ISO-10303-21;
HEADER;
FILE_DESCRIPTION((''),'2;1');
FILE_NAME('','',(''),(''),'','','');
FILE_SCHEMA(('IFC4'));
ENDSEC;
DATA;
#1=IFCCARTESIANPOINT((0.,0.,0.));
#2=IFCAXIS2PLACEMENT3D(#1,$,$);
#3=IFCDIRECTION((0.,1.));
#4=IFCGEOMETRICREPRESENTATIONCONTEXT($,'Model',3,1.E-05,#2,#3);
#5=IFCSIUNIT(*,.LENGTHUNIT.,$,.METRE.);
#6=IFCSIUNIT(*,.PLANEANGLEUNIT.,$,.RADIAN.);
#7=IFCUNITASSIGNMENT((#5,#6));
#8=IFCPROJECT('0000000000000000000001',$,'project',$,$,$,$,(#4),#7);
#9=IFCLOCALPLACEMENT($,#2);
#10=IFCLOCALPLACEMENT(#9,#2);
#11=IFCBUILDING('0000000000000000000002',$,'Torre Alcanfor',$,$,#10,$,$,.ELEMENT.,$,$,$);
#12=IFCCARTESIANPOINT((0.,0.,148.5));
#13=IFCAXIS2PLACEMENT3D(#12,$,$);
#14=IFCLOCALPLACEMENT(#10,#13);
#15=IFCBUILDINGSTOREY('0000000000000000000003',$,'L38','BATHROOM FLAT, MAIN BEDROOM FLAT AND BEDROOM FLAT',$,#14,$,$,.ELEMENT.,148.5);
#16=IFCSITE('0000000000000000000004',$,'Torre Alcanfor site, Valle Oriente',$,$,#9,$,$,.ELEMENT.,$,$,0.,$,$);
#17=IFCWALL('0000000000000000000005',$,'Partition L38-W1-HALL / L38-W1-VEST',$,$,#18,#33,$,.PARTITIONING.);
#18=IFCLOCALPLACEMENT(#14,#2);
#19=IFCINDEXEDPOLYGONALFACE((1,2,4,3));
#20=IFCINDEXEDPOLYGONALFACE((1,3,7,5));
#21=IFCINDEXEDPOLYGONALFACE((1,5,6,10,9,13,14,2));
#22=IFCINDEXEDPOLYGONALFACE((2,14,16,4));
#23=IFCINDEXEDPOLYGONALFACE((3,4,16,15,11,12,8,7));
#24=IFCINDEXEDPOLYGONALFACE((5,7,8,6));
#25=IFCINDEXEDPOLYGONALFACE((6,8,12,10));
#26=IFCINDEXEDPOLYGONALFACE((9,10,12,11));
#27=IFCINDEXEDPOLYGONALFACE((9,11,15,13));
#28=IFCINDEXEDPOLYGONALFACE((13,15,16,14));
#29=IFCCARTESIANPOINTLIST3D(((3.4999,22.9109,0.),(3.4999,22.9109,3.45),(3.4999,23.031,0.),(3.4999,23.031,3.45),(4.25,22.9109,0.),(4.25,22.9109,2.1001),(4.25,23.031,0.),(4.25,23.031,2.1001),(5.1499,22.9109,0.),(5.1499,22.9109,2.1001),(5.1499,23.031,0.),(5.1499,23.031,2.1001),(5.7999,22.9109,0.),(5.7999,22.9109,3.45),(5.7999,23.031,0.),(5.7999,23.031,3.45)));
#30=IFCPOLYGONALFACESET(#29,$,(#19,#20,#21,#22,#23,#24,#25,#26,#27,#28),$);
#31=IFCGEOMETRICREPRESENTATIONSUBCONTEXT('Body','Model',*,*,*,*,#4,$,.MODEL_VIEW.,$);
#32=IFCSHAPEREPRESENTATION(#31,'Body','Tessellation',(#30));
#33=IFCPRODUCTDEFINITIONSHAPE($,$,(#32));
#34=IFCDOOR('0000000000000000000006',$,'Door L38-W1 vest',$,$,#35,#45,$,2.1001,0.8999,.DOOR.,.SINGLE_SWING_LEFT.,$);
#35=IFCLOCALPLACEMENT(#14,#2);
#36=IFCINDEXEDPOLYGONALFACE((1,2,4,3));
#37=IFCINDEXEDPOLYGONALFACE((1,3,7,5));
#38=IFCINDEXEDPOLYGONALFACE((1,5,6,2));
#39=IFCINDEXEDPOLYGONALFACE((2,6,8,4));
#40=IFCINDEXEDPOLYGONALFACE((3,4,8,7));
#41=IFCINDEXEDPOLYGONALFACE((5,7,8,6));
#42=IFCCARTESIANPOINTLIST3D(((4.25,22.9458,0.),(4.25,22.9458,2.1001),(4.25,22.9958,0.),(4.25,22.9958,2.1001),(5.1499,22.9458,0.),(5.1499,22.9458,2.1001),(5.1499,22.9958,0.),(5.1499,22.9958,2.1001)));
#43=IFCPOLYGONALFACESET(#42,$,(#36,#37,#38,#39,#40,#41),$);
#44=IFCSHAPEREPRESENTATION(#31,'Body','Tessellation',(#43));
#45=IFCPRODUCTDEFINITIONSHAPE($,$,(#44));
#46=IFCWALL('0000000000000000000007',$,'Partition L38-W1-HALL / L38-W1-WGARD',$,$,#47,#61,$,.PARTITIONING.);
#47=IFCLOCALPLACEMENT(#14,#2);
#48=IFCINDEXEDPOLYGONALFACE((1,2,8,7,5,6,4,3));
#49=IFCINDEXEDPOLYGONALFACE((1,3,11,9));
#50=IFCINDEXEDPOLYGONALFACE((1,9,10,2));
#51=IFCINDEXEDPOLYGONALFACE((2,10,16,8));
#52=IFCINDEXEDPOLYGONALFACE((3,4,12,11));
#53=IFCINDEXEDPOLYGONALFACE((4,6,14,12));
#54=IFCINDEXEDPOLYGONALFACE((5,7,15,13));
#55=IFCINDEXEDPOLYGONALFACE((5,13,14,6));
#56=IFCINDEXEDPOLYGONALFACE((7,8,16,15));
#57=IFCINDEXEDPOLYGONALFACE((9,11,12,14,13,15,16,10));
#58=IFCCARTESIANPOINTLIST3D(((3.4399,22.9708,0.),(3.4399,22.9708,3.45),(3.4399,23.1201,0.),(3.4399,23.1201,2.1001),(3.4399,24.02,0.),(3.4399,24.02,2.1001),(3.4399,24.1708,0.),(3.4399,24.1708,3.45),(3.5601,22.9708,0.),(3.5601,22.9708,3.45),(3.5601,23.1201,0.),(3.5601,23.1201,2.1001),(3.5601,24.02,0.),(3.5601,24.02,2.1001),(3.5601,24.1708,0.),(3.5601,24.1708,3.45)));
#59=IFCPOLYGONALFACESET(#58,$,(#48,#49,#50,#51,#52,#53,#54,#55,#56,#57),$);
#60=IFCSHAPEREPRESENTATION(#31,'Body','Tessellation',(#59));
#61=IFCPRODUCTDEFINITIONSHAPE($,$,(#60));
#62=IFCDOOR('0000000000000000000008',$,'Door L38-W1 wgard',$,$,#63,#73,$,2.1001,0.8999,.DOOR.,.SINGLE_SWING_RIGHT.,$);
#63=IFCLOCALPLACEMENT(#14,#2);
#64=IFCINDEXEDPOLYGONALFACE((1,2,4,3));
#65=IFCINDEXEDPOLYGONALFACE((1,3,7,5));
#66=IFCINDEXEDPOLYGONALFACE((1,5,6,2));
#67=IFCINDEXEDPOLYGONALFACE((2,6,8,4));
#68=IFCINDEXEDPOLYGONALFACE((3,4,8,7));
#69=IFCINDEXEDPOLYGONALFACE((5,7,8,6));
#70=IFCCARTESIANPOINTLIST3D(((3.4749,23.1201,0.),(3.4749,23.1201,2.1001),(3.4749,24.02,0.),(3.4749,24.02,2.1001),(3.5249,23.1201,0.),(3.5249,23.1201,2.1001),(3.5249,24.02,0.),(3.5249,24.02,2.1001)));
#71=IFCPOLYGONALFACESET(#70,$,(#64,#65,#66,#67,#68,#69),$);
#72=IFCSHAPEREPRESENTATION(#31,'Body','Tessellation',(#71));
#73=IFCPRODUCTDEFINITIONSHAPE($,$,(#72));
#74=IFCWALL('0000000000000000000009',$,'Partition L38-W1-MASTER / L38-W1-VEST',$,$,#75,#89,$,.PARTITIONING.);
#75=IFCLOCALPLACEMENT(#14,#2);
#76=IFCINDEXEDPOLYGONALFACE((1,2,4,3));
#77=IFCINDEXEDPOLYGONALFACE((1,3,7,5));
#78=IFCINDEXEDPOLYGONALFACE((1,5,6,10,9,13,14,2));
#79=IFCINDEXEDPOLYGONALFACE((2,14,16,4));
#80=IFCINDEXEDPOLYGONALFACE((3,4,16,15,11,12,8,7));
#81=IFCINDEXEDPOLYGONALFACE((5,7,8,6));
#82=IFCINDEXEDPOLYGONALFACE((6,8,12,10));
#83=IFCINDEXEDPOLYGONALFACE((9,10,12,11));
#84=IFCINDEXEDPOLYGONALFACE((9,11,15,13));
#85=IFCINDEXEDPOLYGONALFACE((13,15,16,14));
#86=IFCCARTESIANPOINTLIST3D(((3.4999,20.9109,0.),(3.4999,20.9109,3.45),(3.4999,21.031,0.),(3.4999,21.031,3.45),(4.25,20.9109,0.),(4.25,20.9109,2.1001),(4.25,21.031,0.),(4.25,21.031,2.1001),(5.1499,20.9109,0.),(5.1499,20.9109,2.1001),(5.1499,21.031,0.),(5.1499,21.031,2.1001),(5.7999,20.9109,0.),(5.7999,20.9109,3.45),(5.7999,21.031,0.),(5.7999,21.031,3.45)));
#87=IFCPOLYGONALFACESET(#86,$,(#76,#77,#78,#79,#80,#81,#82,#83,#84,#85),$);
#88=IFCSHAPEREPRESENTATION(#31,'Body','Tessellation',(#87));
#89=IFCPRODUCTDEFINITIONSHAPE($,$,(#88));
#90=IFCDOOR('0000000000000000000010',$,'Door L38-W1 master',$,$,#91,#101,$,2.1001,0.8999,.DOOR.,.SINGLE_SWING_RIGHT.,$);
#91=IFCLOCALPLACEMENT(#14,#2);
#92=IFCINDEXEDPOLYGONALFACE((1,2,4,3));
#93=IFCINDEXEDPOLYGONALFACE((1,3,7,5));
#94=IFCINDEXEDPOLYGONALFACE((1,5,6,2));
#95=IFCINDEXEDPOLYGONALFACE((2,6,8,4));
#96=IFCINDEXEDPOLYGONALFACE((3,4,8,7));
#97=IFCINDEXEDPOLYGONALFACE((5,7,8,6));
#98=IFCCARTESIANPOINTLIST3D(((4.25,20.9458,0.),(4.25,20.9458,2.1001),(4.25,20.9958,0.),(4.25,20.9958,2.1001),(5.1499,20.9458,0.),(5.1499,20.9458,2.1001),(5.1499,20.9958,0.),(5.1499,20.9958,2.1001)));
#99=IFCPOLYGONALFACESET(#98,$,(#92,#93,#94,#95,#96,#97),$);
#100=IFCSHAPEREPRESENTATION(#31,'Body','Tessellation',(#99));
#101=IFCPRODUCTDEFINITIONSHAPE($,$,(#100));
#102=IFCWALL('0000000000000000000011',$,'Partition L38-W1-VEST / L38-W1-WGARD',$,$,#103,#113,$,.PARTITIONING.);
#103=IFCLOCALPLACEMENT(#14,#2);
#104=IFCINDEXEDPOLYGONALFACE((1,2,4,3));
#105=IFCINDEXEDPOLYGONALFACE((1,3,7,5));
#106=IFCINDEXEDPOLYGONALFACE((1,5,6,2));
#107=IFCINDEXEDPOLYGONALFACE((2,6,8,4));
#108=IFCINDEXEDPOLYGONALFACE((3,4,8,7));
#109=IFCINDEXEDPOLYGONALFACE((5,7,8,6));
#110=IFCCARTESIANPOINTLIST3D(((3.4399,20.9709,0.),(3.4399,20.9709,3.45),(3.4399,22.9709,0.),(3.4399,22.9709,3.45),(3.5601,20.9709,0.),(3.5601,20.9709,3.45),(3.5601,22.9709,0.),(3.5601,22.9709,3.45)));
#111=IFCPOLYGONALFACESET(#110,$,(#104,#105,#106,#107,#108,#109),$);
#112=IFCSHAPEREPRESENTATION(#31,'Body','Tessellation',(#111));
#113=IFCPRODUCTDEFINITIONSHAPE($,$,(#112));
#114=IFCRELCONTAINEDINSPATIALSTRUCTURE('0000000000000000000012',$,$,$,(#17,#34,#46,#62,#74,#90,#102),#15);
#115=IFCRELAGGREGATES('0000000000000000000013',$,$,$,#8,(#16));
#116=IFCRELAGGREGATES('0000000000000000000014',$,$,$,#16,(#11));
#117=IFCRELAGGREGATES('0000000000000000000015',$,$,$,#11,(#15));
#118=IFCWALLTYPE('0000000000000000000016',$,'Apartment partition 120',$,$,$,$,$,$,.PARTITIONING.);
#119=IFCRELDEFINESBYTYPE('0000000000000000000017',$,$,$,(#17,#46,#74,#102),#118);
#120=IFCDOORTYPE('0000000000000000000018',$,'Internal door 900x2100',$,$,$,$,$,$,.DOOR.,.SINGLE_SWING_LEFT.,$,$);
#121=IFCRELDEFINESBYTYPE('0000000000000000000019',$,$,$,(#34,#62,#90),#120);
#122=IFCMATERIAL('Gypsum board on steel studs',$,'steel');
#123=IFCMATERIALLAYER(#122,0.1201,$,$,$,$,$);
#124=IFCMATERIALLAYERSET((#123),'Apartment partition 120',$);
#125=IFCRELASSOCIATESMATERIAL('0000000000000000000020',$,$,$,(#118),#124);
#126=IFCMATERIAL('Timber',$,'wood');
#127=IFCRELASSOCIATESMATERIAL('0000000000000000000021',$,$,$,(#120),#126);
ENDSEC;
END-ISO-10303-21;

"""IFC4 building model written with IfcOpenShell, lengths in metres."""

from ifc_helpers import new_model, si_unit, direction, frame, frame_2d, origin, place, context, subcontext, project, spatial, rectangle, extrude, material, layer, layer_set, type_object, element, fill, save


model = new_model("IFC4")

# Units and contexts
model_context = context("Model", 3, precision=1e-05, world=origin(), true_north=direction((0.0, 1.0)))
body_context = subcontext(model_context, "Body", "Model", "MODEL_VIEW")
ifc_project = project(units=[si_unit("LENGTHUNIT", "METRE"), si_unit("PLANEANGLEUNIT", "RADIAN")], contexts=[model_context])

# Site, building, storey
site_placement = place(None, origin())
site = spatial("IfcSite", under=ifc_project, at=site_placement, Name="Torre Alcanfor site, Valle Oriente", CompositionType="ELEMENT", RefElevation=0.0)
building_placement = place(site_placement, origin())
building = spatial("IfcBuilding", under=site, at=building_placement, Name="Torre Alcanfor", CompositionType="ELEMENT")
storey_placement = place(building_placement, frame((0.0, 0.0, 148.5)))
storey = spatial("IfcBuildingStorey", under=building, at=storey_placement, Name="L38", Description="BATHROOM FLAT, MAIN BEDROOM FLAT AND BEDROOM FLAT", CompositionType="ELEMENT", Elevation=148.5)

# Shared definitions
ifc_material_1 = material(Name="Gypsum board on steel studs", Category="steel")
ifc_layer_1 = layer(ifc_material_1, 0.1201)
ifc_layer_set_1 = layer_set([ifc_layer_1], Name="Apartment partition 120")
wall_type = type_object("IfcWallType", Name="Apartment partition 120", PredefinedType="PARTITIONING", material=ifc_layer_set_1)
ifc_material_2 = material(Name="Timber", Category="wood")
door_type = type_object("IfcDoorType", Name="Internal door 900x2100", OperationType="SINGLE_SWING_LEFT", PredefinedType="DOOR", material=ifc_material_2)

# Walls, openings, doors
wall_1_placement = place(storey_placement, frame((3.5, 22.9709, 0.0), z_axis=(0.0, 0.0, 1.0), x_axis=(1.0, 0.0, 0.0)))
wall_1 = element("IfcWall", 1, at=wall_1_placement, inside=storey, type_object=wall_type, Name="Partition L38-W1-HALL / L38-W1-VEST", PredefinedType="PARTITIONING", context=body_context, shape_type="SweptSolid", body=[
    extrude(rectangle(XDim=2.3, YDim=0.1201, at=frame_2d((1.1499, 0.0))), origin(), (0.0, 0.0, 1.0), 3.45),
])
opening_1_placement = place(wall_1_placement, frame((0.75, 0.0, 0.0)))
opening_1 = element("IfcOpeningElement", 2, at=opening_1_placement, cuts=wall_1, PredefinedType="OPENING", context=body_context, shape_type="SweptSolid", body=[
    extrude(rectangle(XDim=0.8999, YDim=2.1001, at=frame_2d((0.45, 1.05))), frame((0.0, 0.0701, 0.0), z_axis=(0.0, -1.0, 0.0), x_axis=(1.0, 0.0, 0.0)), (0.0, 0.0, 1.0), 0.1401),
])
door_1_placement = place(opening_1_placement, frame((0.8999, 0.0, 0.0), z_axis=(0.0, 0.0, 1.0), x_axis=(-1.0, 0.0, 0.0)))
door_1 = element("IfcDoor", 3, at=door_1_placement, inside=storey, type_object=door_type, Name="Door L38-W1 vest", OperationType="SINGLE_SWING_LEFT", OverallHeight=2.1001, OverallWidth=0.8999, PredefinedType="DOOR", context=body_context, shape_type="SweptSolid", body=[
    extrude(rectangle(XDim=0.8999, YDim=2.1001, at=frame_2d((0.45, 1.05))), frame((0.0, 0.0251, 0.0), z_axis=(0.0, -1.0, 0.0), x_axis=(1.0, 0.0, 0.0)), (0.0, 0.0, 1.0), 0.05),
])
fill(opening_1, door_1)
wall_2_placement = place(storey_placement, frame((3.5, 24.1709, 0.0), z_axis=(0.0, 0.0, 1.0), x_axis=(0.0, -1.0, 0.0)))
wall_2 = element("IfcWall", 4, at=wall_2_placement, inside=storey, type_object=wall_type, Name="Partition L38-W1-HALL / L38-W1-WGARD", PredefinedType="PARTITIONING", context=body_context, shape_type="SweptSolid", body=[
    extrude(rectangle(XDim=1.2, YDim=0.1201, at=frame_2d((0.6001, 0.0))), origin(), (0.0, 0.0, 1.0), 3.45),
])
opening_2_placement = place(wall_2_placement, frame((0.1509, 0.0, 0.0)))
opening_2 = element("IfcOpeningElement", 5, at=opening_2_placement, cuts=wall_2, PredefinedType="OPENING", context=body_context, shape_type="SweptSolid", body=[
    extrude(rectangle(XDim=0.8999, YDim=2.1001, at=frame_2d((0.45, 1.05))), frame((0.0, 0.0701, 0.0), z_axis=(0.0, -1.0, 0.0), x_axis=(1.0, 0.0, 0.0)), (0.0, 0.0, 1.0), 0.1401),
])
door_2_placement = place(opening_2_placement, frame((0.8999, 0.0, 0.0), z_axis=(0.0, 0.0, 1.0), x_axis=(-1.0, 0.0, 0.0)))
door_2 = element("IfcDoor", 6, at=door_2_placement, inside=storey, type_object=door_type, Name="Door L38-W1 wgard", OperationType="SINGLE_SWING_RIGHT", OverallHeight=2.1001, OverallWidth=0.8999, PredefinedType="DOOR", context=body_context, shape_type="SweptSolid", body=[
    extrude(rectangle(XDim=0.8999, YDim=2.1001, at=frame_2d((0.45, 1.05))), frame((0.0, 0.0251, 0.0), z_axis=(0.0, -1.0, 0.0), x_axis=(1.0, 0.0, 0.0)), (0.0, 0.0, 1.0), 0.05),
])
fill(opening_2, door_2)
wall_3_placement = place(storey_placement, frame((3.5, 20.9709, 0.0), z_axis=(0.0, 0.0, 1.0), x_axis=(1.0, 0.0, 0.0)))
wall_3 = element("IfcWall", 7, at=wall_3_placement, inside=storey, type_object=wall_type, Name="Partition L38-W1-MASTER / L38-W1-VEST", PredefinedType="PARTITIONING", context=body_context, shape_type="SweptSolid", body=[
    extrude(rectangle(XDim=2.3, YDim=0.1201, at=frame_2d((1.1499, 0.0))), origin(), (0.0, 0.0, 1.0), 3.45),
])
opening_3_placement = place(wall_3_placement, frame((0.75, 0.0, 0.0)))
opening_3 = element("IfcOpeningElement", 8, at=opening_3_placement, cuts=wall_3, PredefinedType="OPENING", context=body_context, shape_type="SweptSolid", body=[
    extrude(rectangle(XDim=0.8999, YDim=2.1001, at=frame_2d((0.45, 1.05))), frame((0.0, 0.0701, 0.0), z_axis=(0.0, -1.0, 0.0), x_axis=(1.0, 0.0, 0.0)), (0.0, 0.0, 1.0), 0.1401),
])
door_3_placement = place(opening_3_placement, origin())
door_3 = element("IfcDoor", 9, at=door_3_placement, inside=storey, type_object=door_type, Name="Door L38-W1 master", OperationType="SINGLE_SWING_RIGHT", OverallHeight=2.1001, OverallWidth=0.8999, PredefinedType="DOOR", context=body_context, shape_type="SweptSolid", body=[
    extrude(rectangle(XDim=0.8999, YDim=2.1001, at=frame_2d((0.45, 1.05))), frame((0.0, 0.0249, 0.0), z_axis=(0.0, -1.0, 0.0), x_axis=(1.0, 0.0, 0.0)), (0.0, 0.0, 1.0), 0.05),
])
fill(opening_3, door_3)

# Wall
wall_4_placement = place(storey_placement, frame((3.5, 22.9709, 0.0), z_axis=(0.0, 0.0, 1.0), x_axis=(0.0, -1.0, 0.0)))
element("IfcWall", 10, at=wall_4_placement, inside=storey, type_object=wall_type, Name="Partition L38-W1-VEST / L38-W1-WGARD", PredefinedType="PARTITIONING", context=body_context, shape_type="SweptSolid", body=[
    extrude(rectangle(XDim=2.0, YDim=0.1201, at=frame_2d((1.0, 0.0))), origin(), (0.0, 0.0, 1.0), 3.45),
])

save(model, "model.ifc")
